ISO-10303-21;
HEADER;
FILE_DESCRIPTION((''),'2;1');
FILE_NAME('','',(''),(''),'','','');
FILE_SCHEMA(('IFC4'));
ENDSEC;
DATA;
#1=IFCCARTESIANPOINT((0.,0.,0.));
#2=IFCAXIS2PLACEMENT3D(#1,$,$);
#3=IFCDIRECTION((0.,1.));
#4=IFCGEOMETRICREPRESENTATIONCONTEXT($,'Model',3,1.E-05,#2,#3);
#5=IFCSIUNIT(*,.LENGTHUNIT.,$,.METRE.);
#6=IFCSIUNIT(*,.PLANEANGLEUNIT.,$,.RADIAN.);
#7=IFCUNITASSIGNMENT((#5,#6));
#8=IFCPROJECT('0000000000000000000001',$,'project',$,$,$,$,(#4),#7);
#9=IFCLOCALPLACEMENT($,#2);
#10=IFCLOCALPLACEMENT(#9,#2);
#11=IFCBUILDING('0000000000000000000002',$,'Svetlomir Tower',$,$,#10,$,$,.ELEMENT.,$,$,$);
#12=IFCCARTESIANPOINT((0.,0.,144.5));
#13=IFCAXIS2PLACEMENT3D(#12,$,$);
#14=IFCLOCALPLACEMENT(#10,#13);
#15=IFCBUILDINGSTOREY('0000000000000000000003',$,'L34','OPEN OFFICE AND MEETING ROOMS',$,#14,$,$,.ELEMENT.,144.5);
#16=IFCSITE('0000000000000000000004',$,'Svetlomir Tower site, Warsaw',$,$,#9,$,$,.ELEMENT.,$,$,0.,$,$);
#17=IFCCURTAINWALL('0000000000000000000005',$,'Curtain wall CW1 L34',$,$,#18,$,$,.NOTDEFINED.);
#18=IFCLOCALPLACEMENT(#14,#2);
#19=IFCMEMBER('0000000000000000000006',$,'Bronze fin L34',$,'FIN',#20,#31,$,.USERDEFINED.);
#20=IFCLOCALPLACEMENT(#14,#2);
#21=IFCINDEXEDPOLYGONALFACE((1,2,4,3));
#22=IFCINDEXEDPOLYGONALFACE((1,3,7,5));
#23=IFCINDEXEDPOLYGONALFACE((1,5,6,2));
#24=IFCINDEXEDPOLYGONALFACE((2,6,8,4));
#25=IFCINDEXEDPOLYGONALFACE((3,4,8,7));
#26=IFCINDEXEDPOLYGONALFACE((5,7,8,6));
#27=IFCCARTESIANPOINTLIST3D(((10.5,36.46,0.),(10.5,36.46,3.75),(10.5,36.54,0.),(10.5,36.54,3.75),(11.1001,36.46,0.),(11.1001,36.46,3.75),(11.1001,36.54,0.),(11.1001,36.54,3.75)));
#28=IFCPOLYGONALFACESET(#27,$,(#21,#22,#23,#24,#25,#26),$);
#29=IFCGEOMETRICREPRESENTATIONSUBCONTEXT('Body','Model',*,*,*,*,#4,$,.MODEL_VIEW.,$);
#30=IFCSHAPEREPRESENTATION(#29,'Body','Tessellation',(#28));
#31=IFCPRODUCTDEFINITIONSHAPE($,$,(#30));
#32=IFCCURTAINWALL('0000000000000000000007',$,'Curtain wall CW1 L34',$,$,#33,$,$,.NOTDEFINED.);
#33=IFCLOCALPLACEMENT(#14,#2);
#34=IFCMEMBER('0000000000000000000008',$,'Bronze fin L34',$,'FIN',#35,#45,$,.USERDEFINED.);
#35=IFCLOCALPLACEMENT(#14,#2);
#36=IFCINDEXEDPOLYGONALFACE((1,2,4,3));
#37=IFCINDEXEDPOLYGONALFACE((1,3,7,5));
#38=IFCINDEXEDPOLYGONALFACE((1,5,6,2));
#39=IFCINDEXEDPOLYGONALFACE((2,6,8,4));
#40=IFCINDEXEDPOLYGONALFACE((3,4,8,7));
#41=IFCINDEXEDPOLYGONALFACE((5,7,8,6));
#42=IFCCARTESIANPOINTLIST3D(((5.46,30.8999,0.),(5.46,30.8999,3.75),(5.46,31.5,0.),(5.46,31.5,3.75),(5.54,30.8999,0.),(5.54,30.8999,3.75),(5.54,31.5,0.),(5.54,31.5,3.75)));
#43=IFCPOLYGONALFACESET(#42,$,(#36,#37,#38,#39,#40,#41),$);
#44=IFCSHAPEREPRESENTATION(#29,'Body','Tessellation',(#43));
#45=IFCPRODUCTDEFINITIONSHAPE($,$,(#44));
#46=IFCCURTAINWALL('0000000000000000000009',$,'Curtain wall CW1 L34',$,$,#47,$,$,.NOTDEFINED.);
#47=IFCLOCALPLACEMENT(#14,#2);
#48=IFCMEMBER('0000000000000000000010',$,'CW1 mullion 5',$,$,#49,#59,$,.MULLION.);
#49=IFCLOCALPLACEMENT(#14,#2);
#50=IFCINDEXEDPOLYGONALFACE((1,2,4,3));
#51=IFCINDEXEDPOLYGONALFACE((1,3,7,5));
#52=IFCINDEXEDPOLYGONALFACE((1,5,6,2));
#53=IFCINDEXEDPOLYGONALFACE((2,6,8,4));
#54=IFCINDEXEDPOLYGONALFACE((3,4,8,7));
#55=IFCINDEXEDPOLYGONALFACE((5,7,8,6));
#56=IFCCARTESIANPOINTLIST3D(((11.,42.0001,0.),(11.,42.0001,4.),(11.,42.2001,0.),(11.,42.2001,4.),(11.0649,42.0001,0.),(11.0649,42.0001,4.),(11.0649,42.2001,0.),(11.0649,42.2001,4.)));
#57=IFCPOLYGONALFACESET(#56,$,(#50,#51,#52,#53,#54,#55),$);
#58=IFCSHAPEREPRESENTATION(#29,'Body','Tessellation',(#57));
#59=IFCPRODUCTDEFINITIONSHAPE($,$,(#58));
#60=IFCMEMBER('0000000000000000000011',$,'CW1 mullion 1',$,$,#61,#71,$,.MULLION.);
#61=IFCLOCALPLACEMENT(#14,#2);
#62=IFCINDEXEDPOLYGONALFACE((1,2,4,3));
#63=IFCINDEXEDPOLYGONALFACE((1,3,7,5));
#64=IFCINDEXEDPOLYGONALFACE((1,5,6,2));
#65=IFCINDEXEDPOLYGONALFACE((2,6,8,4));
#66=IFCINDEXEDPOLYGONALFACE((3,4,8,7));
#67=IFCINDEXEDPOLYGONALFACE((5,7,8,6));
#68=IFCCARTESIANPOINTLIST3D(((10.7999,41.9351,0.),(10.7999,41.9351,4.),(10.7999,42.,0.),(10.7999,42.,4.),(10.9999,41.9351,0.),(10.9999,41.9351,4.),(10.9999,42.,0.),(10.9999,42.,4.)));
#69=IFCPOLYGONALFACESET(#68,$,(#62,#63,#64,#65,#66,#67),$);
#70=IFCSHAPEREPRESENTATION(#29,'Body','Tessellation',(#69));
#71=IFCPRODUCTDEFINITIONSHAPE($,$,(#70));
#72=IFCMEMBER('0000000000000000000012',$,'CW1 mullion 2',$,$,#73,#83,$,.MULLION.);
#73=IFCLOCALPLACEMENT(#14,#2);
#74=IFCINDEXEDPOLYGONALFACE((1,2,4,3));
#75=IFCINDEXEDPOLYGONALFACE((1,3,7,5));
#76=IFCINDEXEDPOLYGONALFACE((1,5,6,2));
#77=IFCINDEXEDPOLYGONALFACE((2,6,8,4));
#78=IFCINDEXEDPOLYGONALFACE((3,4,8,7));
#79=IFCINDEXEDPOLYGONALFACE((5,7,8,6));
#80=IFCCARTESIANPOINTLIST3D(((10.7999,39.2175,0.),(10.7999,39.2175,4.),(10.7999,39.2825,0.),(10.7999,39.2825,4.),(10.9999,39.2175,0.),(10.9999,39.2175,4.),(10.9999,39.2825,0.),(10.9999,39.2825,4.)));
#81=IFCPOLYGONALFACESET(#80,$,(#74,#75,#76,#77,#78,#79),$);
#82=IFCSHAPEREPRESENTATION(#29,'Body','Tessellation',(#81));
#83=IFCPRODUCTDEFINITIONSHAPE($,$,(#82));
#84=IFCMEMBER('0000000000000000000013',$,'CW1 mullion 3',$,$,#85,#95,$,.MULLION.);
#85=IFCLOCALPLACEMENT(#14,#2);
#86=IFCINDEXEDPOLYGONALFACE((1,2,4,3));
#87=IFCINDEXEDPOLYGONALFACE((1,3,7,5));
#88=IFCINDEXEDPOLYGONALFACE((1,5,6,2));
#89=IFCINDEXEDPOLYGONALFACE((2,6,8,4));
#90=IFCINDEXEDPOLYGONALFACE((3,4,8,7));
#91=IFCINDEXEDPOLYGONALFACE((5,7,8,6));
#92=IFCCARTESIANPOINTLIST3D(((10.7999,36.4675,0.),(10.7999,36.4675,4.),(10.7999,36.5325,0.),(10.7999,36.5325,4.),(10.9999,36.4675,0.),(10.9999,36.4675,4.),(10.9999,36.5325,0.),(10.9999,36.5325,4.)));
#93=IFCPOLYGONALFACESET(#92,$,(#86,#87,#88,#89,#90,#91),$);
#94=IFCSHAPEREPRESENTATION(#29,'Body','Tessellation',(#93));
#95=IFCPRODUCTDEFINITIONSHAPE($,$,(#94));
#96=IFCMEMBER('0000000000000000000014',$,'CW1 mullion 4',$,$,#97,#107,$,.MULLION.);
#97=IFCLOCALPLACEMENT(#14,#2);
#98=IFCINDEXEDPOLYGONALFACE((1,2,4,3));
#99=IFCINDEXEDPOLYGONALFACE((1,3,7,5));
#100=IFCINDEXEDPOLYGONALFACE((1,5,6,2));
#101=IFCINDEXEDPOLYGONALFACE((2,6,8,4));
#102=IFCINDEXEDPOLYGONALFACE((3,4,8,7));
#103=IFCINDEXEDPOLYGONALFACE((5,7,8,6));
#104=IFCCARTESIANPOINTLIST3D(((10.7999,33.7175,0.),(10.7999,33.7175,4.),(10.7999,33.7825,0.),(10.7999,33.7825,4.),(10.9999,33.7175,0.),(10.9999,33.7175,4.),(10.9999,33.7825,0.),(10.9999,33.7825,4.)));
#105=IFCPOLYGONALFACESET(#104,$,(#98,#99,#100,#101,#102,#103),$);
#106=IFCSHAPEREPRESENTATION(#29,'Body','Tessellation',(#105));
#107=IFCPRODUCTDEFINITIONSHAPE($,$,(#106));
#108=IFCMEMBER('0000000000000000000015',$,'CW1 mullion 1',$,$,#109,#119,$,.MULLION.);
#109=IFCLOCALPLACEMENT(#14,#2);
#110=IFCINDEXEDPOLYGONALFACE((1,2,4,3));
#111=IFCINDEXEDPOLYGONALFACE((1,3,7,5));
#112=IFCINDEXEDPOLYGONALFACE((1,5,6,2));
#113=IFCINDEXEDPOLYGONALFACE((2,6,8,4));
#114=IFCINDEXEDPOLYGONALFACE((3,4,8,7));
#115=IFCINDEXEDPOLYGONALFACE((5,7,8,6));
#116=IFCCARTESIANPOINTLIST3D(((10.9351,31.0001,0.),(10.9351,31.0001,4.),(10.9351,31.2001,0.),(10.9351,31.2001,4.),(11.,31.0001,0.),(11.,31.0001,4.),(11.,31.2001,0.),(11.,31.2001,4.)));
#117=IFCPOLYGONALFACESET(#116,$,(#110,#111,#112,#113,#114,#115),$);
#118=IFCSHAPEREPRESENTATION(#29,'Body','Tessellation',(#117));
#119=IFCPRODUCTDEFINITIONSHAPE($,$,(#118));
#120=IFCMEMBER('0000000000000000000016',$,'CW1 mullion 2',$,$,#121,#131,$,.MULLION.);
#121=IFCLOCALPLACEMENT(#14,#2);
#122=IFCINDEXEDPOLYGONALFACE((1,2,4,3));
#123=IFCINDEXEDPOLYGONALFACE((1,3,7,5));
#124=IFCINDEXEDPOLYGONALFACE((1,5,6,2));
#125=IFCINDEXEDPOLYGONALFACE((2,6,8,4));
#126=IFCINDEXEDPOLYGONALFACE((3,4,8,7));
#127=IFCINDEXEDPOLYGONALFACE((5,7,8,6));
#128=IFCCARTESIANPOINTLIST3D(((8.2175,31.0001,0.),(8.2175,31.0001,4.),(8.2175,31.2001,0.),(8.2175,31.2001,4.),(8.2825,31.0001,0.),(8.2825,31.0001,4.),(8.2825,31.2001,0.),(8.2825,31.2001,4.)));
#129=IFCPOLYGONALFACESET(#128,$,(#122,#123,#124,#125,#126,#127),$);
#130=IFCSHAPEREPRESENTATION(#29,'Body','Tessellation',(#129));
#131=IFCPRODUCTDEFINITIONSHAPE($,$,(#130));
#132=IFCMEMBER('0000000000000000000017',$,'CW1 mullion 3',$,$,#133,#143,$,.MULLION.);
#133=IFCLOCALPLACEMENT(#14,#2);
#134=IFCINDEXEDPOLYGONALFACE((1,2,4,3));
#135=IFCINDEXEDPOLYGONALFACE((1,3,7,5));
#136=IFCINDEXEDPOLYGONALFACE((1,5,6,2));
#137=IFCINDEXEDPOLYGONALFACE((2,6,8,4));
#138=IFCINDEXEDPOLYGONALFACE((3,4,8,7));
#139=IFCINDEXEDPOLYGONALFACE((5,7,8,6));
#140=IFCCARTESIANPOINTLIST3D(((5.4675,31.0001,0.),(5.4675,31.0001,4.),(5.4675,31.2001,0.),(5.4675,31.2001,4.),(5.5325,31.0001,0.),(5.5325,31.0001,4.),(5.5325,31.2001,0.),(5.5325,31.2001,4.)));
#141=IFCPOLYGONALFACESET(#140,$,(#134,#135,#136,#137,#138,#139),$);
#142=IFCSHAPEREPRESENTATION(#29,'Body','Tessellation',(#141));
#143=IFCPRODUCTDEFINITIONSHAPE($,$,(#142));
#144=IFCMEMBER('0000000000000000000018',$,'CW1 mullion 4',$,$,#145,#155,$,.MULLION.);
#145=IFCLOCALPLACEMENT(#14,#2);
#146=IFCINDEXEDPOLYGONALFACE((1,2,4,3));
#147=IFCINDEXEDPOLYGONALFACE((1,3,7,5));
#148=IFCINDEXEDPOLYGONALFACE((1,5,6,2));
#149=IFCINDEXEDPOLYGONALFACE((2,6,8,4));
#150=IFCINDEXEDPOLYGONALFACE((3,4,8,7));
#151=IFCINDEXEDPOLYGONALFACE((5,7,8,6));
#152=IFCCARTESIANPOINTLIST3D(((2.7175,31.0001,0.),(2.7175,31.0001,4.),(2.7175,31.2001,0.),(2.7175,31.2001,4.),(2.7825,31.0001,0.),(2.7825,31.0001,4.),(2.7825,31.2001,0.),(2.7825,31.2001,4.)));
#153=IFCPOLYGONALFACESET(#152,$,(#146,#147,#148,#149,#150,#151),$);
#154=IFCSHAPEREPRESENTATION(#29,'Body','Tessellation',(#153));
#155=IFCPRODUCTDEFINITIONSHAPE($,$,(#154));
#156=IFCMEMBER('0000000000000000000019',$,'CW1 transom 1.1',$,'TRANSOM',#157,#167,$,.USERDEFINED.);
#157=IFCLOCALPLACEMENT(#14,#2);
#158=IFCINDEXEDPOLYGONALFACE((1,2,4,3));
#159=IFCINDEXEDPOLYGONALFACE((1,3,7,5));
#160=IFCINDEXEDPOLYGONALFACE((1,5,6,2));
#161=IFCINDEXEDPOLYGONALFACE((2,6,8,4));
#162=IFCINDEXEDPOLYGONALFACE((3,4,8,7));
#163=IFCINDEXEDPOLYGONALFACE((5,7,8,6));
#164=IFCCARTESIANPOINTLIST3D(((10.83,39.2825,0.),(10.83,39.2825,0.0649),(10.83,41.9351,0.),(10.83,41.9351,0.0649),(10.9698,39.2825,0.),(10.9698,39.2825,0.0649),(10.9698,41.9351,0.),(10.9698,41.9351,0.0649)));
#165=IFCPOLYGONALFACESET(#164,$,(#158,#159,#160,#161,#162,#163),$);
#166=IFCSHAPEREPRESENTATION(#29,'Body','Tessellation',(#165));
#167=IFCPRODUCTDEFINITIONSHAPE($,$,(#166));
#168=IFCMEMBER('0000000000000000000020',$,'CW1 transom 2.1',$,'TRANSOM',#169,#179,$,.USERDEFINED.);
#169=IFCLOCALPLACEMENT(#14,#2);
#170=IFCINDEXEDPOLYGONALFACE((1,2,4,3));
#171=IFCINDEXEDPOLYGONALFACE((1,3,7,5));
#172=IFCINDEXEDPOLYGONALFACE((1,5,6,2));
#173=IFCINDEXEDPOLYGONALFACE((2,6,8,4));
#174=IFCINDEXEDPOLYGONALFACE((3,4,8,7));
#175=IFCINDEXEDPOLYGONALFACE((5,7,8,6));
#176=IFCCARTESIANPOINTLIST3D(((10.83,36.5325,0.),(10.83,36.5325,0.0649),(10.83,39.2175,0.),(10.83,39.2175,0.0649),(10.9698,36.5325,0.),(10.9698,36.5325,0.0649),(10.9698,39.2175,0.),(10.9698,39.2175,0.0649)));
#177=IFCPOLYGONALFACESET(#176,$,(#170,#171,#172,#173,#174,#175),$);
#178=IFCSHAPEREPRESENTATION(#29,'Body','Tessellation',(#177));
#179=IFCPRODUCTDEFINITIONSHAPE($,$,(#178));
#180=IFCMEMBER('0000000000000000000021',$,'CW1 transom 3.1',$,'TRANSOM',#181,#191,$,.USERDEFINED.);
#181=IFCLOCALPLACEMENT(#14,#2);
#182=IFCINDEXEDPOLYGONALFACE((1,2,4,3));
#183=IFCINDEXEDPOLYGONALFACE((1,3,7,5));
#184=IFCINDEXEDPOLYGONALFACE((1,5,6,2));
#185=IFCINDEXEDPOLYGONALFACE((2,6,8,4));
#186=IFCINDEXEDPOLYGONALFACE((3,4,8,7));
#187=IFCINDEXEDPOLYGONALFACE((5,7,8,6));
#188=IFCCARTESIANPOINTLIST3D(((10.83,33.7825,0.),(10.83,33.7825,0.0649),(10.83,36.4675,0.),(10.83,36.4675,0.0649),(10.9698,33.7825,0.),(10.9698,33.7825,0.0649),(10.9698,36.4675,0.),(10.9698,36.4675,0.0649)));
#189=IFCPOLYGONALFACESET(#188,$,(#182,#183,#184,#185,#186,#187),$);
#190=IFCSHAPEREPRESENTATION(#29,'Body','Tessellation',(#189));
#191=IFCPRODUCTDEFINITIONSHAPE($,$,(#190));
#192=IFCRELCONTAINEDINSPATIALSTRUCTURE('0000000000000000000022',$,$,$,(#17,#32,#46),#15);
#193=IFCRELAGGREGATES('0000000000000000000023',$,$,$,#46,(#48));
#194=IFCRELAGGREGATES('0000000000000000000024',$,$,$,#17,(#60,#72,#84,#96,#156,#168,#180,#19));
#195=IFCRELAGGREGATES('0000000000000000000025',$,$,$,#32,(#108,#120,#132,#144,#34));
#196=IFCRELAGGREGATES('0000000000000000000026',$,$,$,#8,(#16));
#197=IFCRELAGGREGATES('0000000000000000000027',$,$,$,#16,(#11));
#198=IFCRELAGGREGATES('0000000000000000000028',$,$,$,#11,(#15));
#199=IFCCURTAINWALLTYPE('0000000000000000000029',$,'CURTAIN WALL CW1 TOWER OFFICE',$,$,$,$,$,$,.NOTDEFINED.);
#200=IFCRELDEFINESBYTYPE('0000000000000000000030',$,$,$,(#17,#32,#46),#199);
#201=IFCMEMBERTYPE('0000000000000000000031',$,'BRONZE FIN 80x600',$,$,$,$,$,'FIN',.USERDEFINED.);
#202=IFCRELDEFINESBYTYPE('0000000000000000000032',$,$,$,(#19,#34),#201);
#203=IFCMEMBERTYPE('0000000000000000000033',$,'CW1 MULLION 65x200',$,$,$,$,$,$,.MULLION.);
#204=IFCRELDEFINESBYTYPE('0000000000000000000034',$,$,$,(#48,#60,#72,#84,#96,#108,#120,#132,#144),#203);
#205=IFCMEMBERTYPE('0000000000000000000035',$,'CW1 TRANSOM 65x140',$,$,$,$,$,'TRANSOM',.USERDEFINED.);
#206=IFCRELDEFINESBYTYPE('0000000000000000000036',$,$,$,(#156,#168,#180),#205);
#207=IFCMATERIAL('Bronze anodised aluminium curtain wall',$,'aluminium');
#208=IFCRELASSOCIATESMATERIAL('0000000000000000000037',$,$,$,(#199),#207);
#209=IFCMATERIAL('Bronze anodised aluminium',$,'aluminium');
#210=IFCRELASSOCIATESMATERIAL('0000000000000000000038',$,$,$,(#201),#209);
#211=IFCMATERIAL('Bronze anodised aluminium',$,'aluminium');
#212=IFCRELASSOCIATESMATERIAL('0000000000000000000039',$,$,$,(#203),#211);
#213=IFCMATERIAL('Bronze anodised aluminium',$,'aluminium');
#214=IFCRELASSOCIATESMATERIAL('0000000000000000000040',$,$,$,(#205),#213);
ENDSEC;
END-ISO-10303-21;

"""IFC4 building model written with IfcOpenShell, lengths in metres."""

from ifc_helpers import new_model, si_unit, direction, frame, origin, origin_2d, place, context, subcontext, project, spatial, rectangle, extrude, material, material_profile, profile_set, type_object, element, aggregate, save


model = new_model("IFC4")

# Units and contexts
model_context = context("Model", 3, precision=1e-05, world=origin(), true_north=direction((0.0, 1.0)))
body_context = subcontext(model_context, "Body", "Model", "MODEL_VIEW")
ifc_project = project(units=[si_unit("LENGTHUNIT", "METRE"), si_unit("PLANEANGLEUNIT", "RADIAN")], contexts=[model_context])

# Site, building, storey
site_placement = place(None, origin())
site = spatial("IfcSite", under=ifc_project, at=site_placement, Name="Svetlomir Tower site, Warsaw", CompositionType="ELEMENT", RefElevation=0.0)
building_placement = place(site_placement, origin())
building = spatial("IfcBuilding", under=site, at=building_placement, Name="Svetlomir Tower", CompositionType="ELEMENT")
storey_placement = place(building_placement, frame((0.0, 0.0, 144.5)))
storey = spatial("IfcBuildingStorey", under=building, at=storey_placement, Name="L34", Description="OPEN OFFICE AND MEETING ROOMS", CompositionType="ELEMENT", Elevation=144.5)

# Curtain walls, members
ifc_material_1 = material(Name="Bronze anodised aluminium curtain wall", Category="aluminium")
curtain_wall_type = type_object("IfcCurtainWallType", Name="CURTAIN WALL CW1 TOWER OFFICE", PredefinedType="NOTDEFINED", material=ifc_material_1)
curtain_wall_1_placement = place(storey_placement, origin())
curtain_wall_1 = element("IfcCurtainWall", 1, at=curtain_wall_1_placement, inside=storey, type_object=curtain_wall_type, Name="Curtain wall CW1 L34", PredefinedType="NOTDEFINED")
ifc_material_2 = material(Name="Bronze anodised aluminium", Category="aluminium")
ifc_material_profile_1 = material_profile(ifc_material_2, rectangle(XDim=0.0801, YDim=0.6001, at=origin_2d()), Name="FIN 80x600")
ifc_profile_set_1 = profile_set([ifc_material_profile_1], Name="Bronze anodised aluminium 6063-T6")
member_type_1 = type_object("IfcMemberType", Name="BRONZE FIN 80x600", ElementType="FIN", PredefinedType="USERDEFINED", material=ifc_profile_set_1)
member_1_placement = place(storey_placement, frame((10.8, 36.5, 0.0), z_axis=(0.0, 0.0, 1.0), x_axis=(0.0, 1.0, 0.0)))
member_1 = element("IfcMember", 2, at=member_1_placement, type_object=member_type_1, Name="Bronze fin L34", ObjectType="FIN", PredefinedType="USERDEFINED", context=body_context, shape_type="SweptSolid", body=[
    extrude(rectangle(XDim=0.0801, YDim=0.6001, at=origin_2d()), origin(), (0.0, 0.0, 1.0), 3.75),
])
curtain_wall_2_placement = place(storey_placement, origin())
curtain_wall_2 = element("IfcCurtainWall", 3, at=curtain_wall_2_placement, inside=storey, type_object=curtain_wall_type, Name="Curtain wall CW1 L34", PredefinedType="NOTDEFINED")
member_2_placement = place(storey_placement, frame((5.5, 31.2, 0.0), z_axis=(0.0, 0.0, 1.0), x_axis=(1.0, 0.0, 0.0)))
member_2 = element("IfcMember", 4, at=member_2_placement, type_object=member_type_1, Name="Bronze fin L34", ObjectType="FIN", PredefinedType="USERDEFINED", context=body_context, shape_type="SweptSolid", body=[
    extrude(rectangle(XDim=0.0801, YDim=0.6001, at=origin_2d()), origin(), (0.0, 0.0, 1.0), 3.75),
])
curtain_wall_3_placement = place(storey_placement, origin())
curtain_wall_3 = element("IfcCurtainWall", 5, at=curtain_wall_3_placement, inside=storey, type_object=curtain_wall_type, Name="Curtain wall CW1 L34", PredefinedType="NOTDEFINED")
ifc_material_3 = material(Name="Bronze anodised aluminium", Category="aluminium")
ifc_material_profile_2 = material_profile(ifc_material_3, rectangle(XDim=0.0649, YDim=0.2, at=origin_2d()), Name="AL 65x200")
ifc_profile_set_2 = profile_set([ifc_material_profile_2], Name="Bronze anodised aluminium 6063-T6")
member_type_2 = type_object("IfcMemberType", Name="CW1 MULLION 65x200", PredefinedType="MULLION", material=ifc_profile_set_2)
member_3_placement = place(storey_placement, frame((11.0325, 42.1001, 0.0), z_axis=(0.0, 0.0, 1.0), x_axis=(-1.0, 0.0, 0.0)))
member_3 = element("IfcMember", 6, at=member_3_placement, type_object=member_type_2, Name="CW1 mullion 5", PredefinedType="MULLION", context=body_context, shape_type="SweptSolid", body=[
    extrude(rectangle(XDim=0.0649, YDim=0.2, at=origin_2d()), origin(), (0.0, 0.0, 1.0), 4.0),
])

# Members
member_4_placement = place(storey_placement, frame((10.8999, 41.9675, 0.0), z_axis=(0.0, 0.0, 1.0), x_axis=(0.0, -1.0, 0.0)))
member_4 = element("IfcMember", 7, at=member_4_placement, type_object=member_type_2, Name="CW1 mullion 1", PredefinedType="MULLION", context=body_context, shape_type="SweptSolid", body=[
    extrude(rectangle(XDim=0.0649, YDim=0.2, at=origin_2d()), origin(), (0.0, 0.0, 1.0), 4.0),
])
member_5_placement = place(storey_placement, frame((10.8999, 39.25, 0.0), z_axis=(0.0, 0.0, 1.0), x_axis=(0.0, -1.0, 0.0)))
member_5 = element("IfcMember", 8, at=member_5_placement, type_object=member_type_2, Name="CW1 mullion 2", PredefinedType="MULLION", context=body_context, shape_type="SweptSolid", body=[
    extrude(rectangle(XDim=0.0649, YDim=0.2, at=origin_2d()), origin(), (0.0, 0.0, 1.0), 4.0),
])
member_6_placement = place(storey_placement, frame((10.8999, 36.5, 0.0), z_axis=(0.0, 0.0, 1.0), x_axis=(0.0, -1.0, 0.0)))
member_6 = element("IfcMember", 9, at=member_6_placement, type_object=member_type_2, Name="CW1 mullion 3", PredefinedType="MULLION", context=body_context, shape_type="SweptSolid", body=[
    extrude(rectangle(XDim=0.0649, YDim=0.2, at=origin_2d()), origin(), (0.0, 0.0, 1.0), 4.0),
])
member_7_placement = place(storey_placement, frame((10.8999, 33.75, 0.0), z_axis=(0.0, 0.0, 1.0), x_axis=(0.0, -1.0, 0.0)))
member_7 = element("IfcMember", 10, at=member_7_placement, type_object=member_type_2, Name="CW1 mullion 4", PredefinedType="MULLION", context=body_context, shape_type="SweptSolid", body=[
    extrude(rectangle(XDim=0.0649, YDim=0.2, at=origin_2d()), origin(), (0.0, 0.0, 1.0), 4.0),
])
member_8_placement = place(storey_placement, frame((10.9675, 31.1001, 0.0), z_axis=(0.0, 0.0, 1.0), x_axis=(-1.0, 0.0, 0.0)))
member_8 = element("IfcMember", 11, at=member_8_placement, type_object=member_type_2, Name="CW1 mullion 1", PredefinedType="MULLION", context=body_context, shape_type="SweptSolid", body=[
    extrude(rectangle(XDim=0.0649, YDim=0.2, at=origin_2d()), origin(), (0.0, 0.0, 1.0), 4.0),
])
member_9_placement = place(storey_placement, frame((8.25, 31.1001, 0.0), z_axis=(0.0, 0.0, 1.0), x_axis=(-1.0, 0.0, 0.0)))
member_9 = element("IfcMember", 12, at=member_9_placement, type_object=member_type_2, Name="CW1 mullion 2", PredefinedType="MULLION", context=body_context, shape_type="SweptSolid", body=[
    extrude(rectangle(XDim=0.0649, YDim=0.2, at=origin_2d()), origin(), (0.0, 0.0, 1.0), 4.0),
])
member_10_placement = place(storey_placement, frame((5.5, 31.1001, 0.0), z_axis=(0.0, 0.0, 1.0), x_axis=(-1.0, 0.0, 0.0)))
member_10 = element("IfcMember", 13, at=member_10_placement, type_object=member_type_2, Name="CW1 mullion 3", PredefinedType="MULLION", context=body_context, shape_type="SweptSolid", body=[
    extrude(rectangle(XDim=0.0649, YDim=0.2, at=origin_2d()), origin(), (0.0, 0.0, 1.0), 4.0),
])
member_11_placement = place(storey_placement, frame((2.75, 31.1001, 0.0), z_axis=(0.0, 0.0, 1.0), x_axis=(-1.0, 0.0, 0.0)))
member_11 = element("IfcMember", 14, at=member_11_placement, type_object=member_type_2, Name="CW1 mullion 4", PredefinedType="MULLION", context=body_context, shape_type="SweptSolid", body=[
    extrude(rectangle(XDim=0.0649, YDim=0.2, at=origin_2d()), origin(), (0.0, 0.0, 1.0), 4.0),
])
ifc_material_4 = material(Name="Bronze anodised aluminium", Category="aluminium")
ifc_material_profile_3 = material_profile(ifc_material_4, rectangle(XDim=0.1399, YDim=0.0649, at=origin_2d()), Name="AL 140x65")
ifc_profile_set_3 = profile_set([ifc_material_profile_3], Name="Bronze anodised aluminium 6063-T6")
member_type_3 = type_object("IfcMemberType", Name="CW1 TRANSOM 65x140", ElementType="TRANSOM", PredefinedType="USERDEFINED", material=ifc_profile_set_3)
member_12_placement = place(storey_placement, frame((10.8999, 41.9351, 0.0325), z_axis=(0.0, -1.0, 0.0), x_axis=(1.0, 0.0, 0.0)))
member_12 = element("IfcMember", 15, at=member_12_placement, type_object=member_type_3, Name="CW1 transom 1.1", ObjectType="TRANSOM", PredefinedType="USERDEFINED", context=body_context, shape_type="SweptSolid", body=[
    extrude(rectangle(XDim=0.1399, YDim=0.0649, at=origin_2d()), origin(), (0.0, 0.0, 1.0), 2.6526),
])
member_13_placement = place(storey_placement, frame((10.8999, 39.2175, 0.0325), z_axis=(0.0, -1.0, 0.0), x_axis=(1.0, 0.0, 0.0)))
member_13 = element("IfcMember", 16, at=member_13_placement, type_object=member_type_3, Name="CW1 transom 2.1", ObjectType="TRANSOM", PredefinedType="USERDEFINED", context=body_context, shape_type="SweptSolid", body=[
    extrude(rectangle(XDim=0.1399, YDim=0.0649, at=origin_2d()), origin(), (0.0, 0.0, 1.0), 2.6851),
])
member_14_placement = place(storey_placement, frame((10.8999, 36.4675, 0.0325), z_axis=(0.0, -1.0, 0.0), x_axis=(1.0, 0.0, 0.0)))
member_14 = element("IfcMember", 17, at=member_14_placement, type_object=member_type_3, Name="CW1 transom 3.1", ObjectType="TRANSOM", PredefinedType="USERDEFINED", context=body_context, shape_type="SweptSolid", body=[
    extrude(rectangle(XDim=0.1399, YDim=0.0649, at=origin_2d()), origin(), (0.0, 0.0, 1.0), 2.6851),
])

aggregate(curtain_wall_3, [member_3])
aggregate(curtain_wall_1, [member_4, member_5, member_6, member_7, member_12, member_13, member_14, member_1])
aggregate(curtain_wall_2, [member_8, member_9, member_10, member_11, member_2])

save(model, "model.ifc")
